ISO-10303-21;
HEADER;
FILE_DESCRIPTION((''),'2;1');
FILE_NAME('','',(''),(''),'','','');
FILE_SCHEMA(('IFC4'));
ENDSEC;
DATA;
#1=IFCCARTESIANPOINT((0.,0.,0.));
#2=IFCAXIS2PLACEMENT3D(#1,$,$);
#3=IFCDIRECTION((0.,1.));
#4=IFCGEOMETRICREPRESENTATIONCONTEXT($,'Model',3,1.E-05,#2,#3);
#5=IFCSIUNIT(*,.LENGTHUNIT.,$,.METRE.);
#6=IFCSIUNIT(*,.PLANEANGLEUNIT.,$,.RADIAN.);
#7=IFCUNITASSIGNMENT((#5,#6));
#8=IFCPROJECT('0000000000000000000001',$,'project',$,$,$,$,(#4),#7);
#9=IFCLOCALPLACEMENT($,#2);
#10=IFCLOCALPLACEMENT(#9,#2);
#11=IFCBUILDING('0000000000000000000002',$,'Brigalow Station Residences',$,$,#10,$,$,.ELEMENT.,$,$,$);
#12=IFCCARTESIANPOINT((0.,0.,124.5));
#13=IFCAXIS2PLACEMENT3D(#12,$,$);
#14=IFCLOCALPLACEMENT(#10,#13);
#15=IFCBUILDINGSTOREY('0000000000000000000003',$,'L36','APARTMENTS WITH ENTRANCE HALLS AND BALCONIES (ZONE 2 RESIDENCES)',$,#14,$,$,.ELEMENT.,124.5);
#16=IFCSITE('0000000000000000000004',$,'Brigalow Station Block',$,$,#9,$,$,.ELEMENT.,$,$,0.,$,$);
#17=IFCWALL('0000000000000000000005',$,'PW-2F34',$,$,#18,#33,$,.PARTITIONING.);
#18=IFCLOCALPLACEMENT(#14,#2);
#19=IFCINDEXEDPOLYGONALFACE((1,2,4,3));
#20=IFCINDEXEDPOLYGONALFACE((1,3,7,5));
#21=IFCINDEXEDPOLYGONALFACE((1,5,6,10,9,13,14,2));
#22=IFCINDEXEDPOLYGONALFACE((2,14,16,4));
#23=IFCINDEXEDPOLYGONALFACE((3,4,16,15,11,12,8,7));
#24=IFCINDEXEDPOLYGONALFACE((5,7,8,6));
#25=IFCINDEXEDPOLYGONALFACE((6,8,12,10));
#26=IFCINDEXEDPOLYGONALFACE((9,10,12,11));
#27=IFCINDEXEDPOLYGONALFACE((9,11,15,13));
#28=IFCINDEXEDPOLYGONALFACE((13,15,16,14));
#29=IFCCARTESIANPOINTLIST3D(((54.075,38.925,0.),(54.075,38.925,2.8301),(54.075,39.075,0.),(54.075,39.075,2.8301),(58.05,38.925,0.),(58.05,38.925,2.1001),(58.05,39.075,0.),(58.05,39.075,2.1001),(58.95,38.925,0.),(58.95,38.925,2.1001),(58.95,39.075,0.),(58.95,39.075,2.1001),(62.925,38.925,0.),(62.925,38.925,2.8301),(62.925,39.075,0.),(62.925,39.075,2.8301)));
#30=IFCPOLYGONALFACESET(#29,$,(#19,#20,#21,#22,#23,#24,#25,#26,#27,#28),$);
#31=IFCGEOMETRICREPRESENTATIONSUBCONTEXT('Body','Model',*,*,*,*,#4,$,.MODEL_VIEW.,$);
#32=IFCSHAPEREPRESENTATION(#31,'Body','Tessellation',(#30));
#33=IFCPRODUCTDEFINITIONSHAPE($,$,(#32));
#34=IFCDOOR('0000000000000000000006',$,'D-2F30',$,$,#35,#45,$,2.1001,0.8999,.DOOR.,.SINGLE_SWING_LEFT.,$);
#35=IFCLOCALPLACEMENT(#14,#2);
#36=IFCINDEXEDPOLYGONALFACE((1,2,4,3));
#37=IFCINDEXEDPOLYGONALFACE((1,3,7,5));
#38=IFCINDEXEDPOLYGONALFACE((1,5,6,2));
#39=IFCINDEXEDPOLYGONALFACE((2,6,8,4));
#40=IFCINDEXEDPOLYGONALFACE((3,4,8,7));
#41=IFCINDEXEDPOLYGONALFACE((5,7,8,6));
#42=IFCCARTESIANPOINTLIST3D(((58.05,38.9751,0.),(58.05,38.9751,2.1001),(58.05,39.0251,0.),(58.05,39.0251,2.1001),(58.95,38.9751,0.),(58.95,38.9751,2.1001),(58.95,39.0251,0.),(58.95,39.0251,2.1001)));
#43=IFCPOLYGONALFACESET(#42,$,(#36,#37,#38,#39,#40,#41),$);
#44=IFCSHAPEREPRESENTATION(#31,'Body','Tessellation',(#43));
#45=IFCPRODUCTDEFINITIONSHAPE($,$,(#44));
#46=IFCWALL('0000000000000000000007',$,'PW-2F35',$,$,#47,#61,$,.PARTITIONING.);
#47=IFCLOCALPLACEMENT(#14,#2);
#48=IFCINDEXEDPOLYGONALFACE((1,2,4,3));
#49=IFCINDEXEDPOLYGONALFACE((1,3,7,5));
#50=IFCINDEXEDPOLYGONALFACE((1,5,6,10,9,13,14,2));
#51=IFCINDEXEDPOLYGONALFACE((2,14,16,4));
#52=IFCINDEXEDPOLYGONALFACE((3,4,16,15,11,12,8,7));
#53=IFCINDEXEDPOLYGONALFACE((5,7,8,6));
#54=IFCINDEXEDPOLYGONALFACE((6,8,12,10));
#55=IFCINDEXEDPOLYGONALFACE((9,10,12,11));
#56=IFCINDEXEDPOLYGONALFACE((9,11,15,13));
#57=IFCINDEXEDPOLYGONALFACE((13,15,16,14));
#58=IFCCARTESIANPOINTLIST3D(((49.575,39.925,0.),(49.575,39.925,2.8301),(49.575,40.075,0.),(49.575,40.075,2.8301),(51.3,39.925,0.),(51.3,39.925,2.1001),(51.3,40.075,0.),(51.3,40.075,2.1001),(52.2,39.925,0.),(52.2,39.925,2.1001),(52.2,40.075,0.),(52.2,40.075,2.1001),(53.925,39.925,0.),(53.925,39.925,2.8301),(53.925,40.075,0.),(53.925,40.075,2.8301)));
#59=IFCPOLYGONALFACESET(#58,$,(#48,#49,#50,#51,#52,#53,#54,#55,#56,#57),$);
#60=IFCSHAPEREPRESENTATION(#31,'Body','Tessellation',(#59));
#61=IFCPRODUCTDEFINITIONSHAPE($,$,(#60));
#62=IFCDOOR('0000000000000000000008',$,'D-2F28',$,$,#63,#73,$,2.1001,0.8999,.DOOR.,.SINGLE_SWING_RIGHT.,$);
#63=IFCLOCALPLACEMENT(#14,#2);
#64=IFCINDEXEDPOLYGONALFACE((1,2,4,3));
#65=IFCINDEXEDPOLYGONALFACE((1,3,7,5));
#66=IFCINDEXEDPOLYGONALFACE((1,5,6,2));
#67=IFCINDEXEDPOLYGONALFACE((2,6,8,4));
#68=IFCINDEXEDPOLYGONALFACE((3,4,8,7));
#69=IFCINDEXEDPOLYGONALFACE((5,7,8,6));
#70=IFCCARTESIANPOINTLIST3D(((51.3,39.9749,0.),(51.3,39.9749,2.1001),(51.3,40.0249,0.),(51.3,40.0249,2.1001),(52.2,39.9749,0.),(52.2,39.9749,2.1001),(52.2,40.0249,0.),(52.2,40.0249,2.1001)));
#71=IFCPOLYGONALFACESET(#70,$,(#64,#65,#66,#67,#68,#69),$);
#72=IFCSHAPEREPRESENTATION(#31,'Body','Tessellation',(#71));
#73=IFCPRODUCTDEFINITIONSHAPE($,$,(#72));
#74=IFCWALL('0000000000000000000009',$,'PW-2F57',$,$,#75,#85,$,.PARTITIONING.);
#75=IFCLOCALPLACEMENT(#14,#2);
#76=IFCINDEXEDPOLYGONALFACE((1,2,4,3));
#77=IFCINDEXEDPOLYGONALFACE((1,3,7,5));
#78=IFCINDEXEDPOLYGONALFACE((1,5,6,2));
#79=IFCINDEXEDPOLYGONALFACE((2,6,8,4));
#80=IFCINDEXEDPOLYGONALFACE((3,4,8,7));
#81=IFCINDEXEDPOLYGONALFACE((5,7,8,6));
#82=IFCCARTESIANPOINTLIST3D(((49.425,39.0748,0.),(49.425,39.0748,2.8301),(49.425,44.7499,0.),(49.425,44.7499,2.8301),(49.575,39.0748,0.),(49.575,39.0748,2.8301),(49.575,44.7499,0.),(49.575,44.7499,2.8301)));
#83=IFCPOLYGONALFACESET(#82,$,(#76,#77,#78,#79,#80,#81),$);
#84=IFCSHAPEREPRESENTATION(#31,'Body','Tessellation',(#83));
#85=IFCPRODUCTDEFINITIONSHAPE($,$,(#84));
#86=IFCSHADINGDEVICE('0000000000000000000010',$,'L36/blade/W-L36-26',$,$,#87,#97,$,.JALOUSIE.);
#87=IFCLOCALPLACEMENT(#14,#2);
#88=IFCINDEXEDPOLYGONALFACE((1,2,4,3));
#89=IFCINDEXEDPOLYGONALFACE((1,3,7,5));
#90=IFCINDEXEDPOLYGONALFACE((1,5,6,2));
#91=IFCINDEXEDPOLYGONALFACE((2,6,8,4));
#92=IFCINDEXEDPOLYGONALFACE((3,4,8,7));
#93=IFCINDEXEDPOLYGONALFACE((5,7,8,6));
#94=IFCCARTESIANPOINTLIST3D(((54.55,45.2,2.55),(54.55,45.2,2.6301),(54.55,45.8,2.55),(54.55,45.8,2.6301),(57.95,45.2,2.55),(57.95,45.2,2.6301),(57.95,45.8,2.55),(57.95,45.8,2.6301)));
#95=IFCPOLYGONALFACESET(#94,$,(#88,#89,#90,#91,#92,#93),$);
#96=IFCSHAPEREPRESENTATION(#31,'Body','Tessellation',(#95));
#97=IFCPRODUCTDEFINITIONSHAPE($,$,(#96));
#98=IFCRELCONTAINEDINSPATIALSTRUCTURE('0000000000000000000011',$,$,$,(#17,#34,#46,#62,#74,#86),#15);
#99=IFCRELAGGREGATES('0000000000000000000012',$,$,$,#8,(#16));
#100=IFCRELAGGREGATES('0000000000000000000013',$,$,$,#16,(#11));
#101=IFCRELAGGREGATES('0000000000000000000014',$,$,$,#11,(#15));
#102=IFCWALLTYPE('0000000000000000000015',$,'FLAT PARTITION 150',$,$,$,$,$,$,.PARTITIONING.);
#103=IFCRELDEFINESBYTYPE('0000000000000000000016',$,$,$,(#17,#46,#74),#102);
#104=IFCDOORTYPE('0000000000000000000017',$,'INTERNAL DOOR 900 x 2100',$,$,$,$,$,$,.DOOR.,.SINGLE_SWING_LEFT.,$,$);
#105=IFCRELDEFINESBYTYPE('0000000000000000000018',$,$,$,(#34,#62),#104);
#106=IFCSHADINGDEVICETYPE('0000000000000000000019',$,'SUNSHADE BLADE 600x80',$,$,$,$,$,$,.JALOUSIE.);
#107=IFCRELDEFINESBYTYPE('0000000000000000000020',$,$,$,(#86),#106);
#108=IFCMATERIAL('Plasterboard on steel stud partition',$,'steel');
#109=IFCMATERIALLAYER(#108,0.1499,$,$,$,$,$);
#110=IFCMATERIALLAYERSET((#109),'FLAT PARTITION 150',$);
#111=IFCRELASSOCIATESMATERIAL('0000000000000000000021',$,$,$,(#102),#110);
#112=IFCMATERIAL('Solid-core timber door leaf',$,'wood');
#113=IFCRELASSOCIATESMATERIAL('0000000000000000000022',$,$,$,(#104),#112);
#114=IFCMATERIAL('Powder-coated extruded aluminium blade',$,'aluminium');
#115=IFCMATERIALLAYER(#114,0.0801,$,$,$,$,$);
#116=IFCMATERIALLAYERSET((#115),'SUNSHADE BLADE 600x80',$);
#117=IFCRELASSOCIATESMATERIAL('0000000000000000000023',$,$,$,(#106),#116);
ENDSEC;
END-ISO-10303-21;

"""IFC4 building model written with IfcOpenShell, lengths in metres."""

from ifc_helpers import new_model, si_unit, direction, frame, frame_2d, origin, origin_2d, place, context, subcontext, project, spatial, rectangle, extrude, material, layer, layer_set, type_object, element, fill, save


model = new_model("IFC4")

# Units and contexts
model_context = context("Model", 3, precision=1e-05, world=origin(), true_north=direction((0.0, 1.0)))
body_context = subcontext(model_context, "Body", "Model", "MODEL_VIEW")
ifc_project = project(units=[si_unit("LENGTHUNIT", "METRE"), si_unit("PLANEANGLEUNIT", "RADIAN")], contexts=[model_context])

# Site, building, storey
site_placement = place(None, origin())
site = spatial("IfcSite", under=ifc_project, at=site_placement, Name="Brigalow Station Block", CompositionType="ELEMENT", RefElevation=0.0)
building_placement = place(site_placement, origin())
building = spatial("IfcBuilding", under=site, at=building_placement, Name="Brigalow Station Residences", CompositionType="ELEMENT")
storey_placement = place(building_placement, frame((0.0, 0.0, 124.5)))
storey = spatial("IfcBuildingStorey", under=building, at=storey_placement, Name="L36", Description="APARTMENTS WITH ENTRANCE HALLS AND BALCONIES (ZONE 2 RESIDENCES)", CompositionType="ELEMENT", Elevation=124.5)

# Walls, openings, doors
ifc_material_1 = material(Name="Plasterboard on steel stud partition", Category="steel")
ifc_layer_1 = layer(ifc_material_1, 0.1499)
ifc_layer_set_1 = layer_set([ifc_layer_1], Name="FLAT PARTITION 150")
wall_type_1 = type_object("IfcWallType", Name="FLAT PARTITION 150", PredefinedType="PARTITIONING", material=ifc_layer_set_1)
wall_1_placement = place(storey_placement, frame((54.075, 39.0, 0.0), z_axis=(0.0, 0.0, 1.0), x_axis=(1.0, 0.0, 0.0)))
wall_1 = element("IfcWall", 1, at=wall_1_placement, inside=storey, type_object=wall_type_1, Name="PW-2F34", PredefinedType="PARTITIONING", context=body_context, shape_type="SweptSolid", body=[
    extrude(rectangle(XDim=8.8501, YDim=0.1499, at=frame_2d((4.425, 0.0))), origin(), (0.0, 0.0, 1.0), 2.8301),
])
opening_1_placement = place(wall_1_placement, frame((3.9751, 0.0, 0.0)))
opening_1 = element("IfcOpeningElement", 2, at=opening_1_placement, cuts=wall_1, PredefinedType="OPENING", context=body_context, shape_type="SweptSolid", body=[
    extrude(rectangle(XDim=0.8999, YDim=2.1001, at=frame_2d((0.45, 1.05))), frame((0.0, 0.085, 0.0), z_axis=(0.0, -1.0, 0.0), x_axis=(1.0, 0.0, 0.0)), (0.0, 0.0, 1.0), 0.1699),
])
ifc_material_2 = material(Name="Solid-core timber door leaf", Category="wood")
door_type_1 = type_object("IfcDoorType", Name="INTERNAL DOOR 900 x 2100", OperationType="SINGLE_SWING_LEFT", PredefinedType="DOOR", material=ifc_material_2)
door_1_placement = place(opening_1_placement, frame((0.8999, 0.0, 0.0), z_axis=(0.0, 0.0, 1.0), x_axis=(-1.0, 0.0, 0.0)))
door_1 = element("IfcDoor", 3, at=door_1_placement, inside=storey, type_object=door_type_1, Name="D-2F30", OperationType="SINGLE_SWING_LEFT", OverallHeight=2.1001, OverallWidth=0.8999, PredefinedType="DOOR", context=body_context, shape_type="SweptSolid", body=[
    extrude(rectangle(XDim=0.8999, YDim=2.1001, at=frame_2d((0.45, 1.05))), frame((0.0, 0.0249, 0.0), z_axis=(0.0, -1.0, 0.0), x_axis=(1.0, 0.0, 0.0)), (0.0, 0.0, 1.0), 0.05),
])
fill(opening_1, door_1)
wall_2_placement = place(storey_placement, frame((49.575, 40.0, 0.0), z_axis=(0.0, 0.0, 1.0), x_axis=(1.0, 0.0, 0.0)))
wall_2 = element("IfcWall", 4, at=wall_2_placement, inside=storey, type_object=wall_type_1, Name="PW-2F35", PredefinedType="PARTITIONING", context=body_context, shape_type="SweptSolid", body=[
    extrude(rectangle(XDim=4.3501, YDim=0.1499, at=frame_2d((2.175, 0.0))), origin(), (0.0, 0.0, 1.0), 2.8301),
])
opening_2_placement = place(wall_2_placement, frame((1.7251, 0.0, 0.0)))
opening_2 = element("IfcOpeningElement", 5, at=opening_2_placement, cuts=wall_2, PredefinedType="OPENING", context=body_context, shape_type="SweptSolid", body=[
    extrude(rectangle(XDim=0.8999, YDim=2.1001, at=frame_2d((0.45, 1.05))), frame((0.0, 0.085, 0.0), z_axis=(0.0, -1.0, 0.0), x_axis=(1.0, 0.0, 0.0)), (0.0, 0.0, 1.0), 0.1699),
])
door_2_placement = place(opening_2_placement, origin())
door_2 = element("IfcDoor", 6, at=door_2_placement, inside=storey, type_object=door_type_1, Name="D-2F28", OperationType="SINGLE_SWING_RIGHT", OverallHeight=2.1001, OverallWidth=0.8999, PredefinedType="DOOR", context=body_context, shape_type="SweptSolid", body=[
    extrude(rectangle(XDim=0.8999, YDim=2.1001, at=frame_2d((0.45, 1.05))), frame((0.0, 0.0249, 0.0), z_axis=(0.0, -1.0, 0.0), x_axis=(1.0, 0.0, 0.0)), (0.0, 0.0, 1.0), 0.05),
])
fill(opening_2, door_2)

# Wall
wall_3_placement = place(storey_placement, frame((49.5, 39.075, 0.0), z_axis=(0.0, 0.0, 1.0), x_axis=(0.0, 1.0, 0.0)))
element("IfcWall", 7, at=wall_3_placement, inside=storey, type_object=wall_type_1, Name="PW-2F57", PredefinedType="PARTITIONING", context=body_context, shape_type="SweptSolid", body=[
    extrude(rectangle(XDim=5.675, YDim=0.1499, at=frame_2d((2.8374, 0.0))), origin(), (0.0, 0.0, 1.0), 2.8301),
])

# Shading device
ifc_material_3 = material(Name="Powder-coated extruded aluminium blade", Category="aluminium")
ifc_layer_2 = layer(ifc_material_3, 0.0801)
ifc_layer_set_2 = layer_set([ifc_layer_2], Name="SUNSHADE BLADE 600x80")
shading_device_type = type_object("IfcShadingDeviceType", Name="SUNSHADE BLADE 600x80", PredefinedType="JALOUSIE", material=ifc_layer_set_2)
shading_device_placement = place(storey_placement, frame((56.25, 45.5, 2.55), z_axis=(0.0, 0.0, 1.0), x_axis=(-1.0, 0.0, 0.0)))
element("IfcShadingDevice", 8, at=shading_device_placement, inside=storey, type_object=shading_device_type, Name="L36/blade/W-L36-26", PredefinedType="JALOUSIE", context=body_context, shape_type="SweptSolid", body=[
    extrude(rectangle(XDim=3.3999, YDim=0.6001, at=origin_2d()), origin(), (0.0, 0.0, 1.0), 0.0801),
])

save(model, "model.ifc")
